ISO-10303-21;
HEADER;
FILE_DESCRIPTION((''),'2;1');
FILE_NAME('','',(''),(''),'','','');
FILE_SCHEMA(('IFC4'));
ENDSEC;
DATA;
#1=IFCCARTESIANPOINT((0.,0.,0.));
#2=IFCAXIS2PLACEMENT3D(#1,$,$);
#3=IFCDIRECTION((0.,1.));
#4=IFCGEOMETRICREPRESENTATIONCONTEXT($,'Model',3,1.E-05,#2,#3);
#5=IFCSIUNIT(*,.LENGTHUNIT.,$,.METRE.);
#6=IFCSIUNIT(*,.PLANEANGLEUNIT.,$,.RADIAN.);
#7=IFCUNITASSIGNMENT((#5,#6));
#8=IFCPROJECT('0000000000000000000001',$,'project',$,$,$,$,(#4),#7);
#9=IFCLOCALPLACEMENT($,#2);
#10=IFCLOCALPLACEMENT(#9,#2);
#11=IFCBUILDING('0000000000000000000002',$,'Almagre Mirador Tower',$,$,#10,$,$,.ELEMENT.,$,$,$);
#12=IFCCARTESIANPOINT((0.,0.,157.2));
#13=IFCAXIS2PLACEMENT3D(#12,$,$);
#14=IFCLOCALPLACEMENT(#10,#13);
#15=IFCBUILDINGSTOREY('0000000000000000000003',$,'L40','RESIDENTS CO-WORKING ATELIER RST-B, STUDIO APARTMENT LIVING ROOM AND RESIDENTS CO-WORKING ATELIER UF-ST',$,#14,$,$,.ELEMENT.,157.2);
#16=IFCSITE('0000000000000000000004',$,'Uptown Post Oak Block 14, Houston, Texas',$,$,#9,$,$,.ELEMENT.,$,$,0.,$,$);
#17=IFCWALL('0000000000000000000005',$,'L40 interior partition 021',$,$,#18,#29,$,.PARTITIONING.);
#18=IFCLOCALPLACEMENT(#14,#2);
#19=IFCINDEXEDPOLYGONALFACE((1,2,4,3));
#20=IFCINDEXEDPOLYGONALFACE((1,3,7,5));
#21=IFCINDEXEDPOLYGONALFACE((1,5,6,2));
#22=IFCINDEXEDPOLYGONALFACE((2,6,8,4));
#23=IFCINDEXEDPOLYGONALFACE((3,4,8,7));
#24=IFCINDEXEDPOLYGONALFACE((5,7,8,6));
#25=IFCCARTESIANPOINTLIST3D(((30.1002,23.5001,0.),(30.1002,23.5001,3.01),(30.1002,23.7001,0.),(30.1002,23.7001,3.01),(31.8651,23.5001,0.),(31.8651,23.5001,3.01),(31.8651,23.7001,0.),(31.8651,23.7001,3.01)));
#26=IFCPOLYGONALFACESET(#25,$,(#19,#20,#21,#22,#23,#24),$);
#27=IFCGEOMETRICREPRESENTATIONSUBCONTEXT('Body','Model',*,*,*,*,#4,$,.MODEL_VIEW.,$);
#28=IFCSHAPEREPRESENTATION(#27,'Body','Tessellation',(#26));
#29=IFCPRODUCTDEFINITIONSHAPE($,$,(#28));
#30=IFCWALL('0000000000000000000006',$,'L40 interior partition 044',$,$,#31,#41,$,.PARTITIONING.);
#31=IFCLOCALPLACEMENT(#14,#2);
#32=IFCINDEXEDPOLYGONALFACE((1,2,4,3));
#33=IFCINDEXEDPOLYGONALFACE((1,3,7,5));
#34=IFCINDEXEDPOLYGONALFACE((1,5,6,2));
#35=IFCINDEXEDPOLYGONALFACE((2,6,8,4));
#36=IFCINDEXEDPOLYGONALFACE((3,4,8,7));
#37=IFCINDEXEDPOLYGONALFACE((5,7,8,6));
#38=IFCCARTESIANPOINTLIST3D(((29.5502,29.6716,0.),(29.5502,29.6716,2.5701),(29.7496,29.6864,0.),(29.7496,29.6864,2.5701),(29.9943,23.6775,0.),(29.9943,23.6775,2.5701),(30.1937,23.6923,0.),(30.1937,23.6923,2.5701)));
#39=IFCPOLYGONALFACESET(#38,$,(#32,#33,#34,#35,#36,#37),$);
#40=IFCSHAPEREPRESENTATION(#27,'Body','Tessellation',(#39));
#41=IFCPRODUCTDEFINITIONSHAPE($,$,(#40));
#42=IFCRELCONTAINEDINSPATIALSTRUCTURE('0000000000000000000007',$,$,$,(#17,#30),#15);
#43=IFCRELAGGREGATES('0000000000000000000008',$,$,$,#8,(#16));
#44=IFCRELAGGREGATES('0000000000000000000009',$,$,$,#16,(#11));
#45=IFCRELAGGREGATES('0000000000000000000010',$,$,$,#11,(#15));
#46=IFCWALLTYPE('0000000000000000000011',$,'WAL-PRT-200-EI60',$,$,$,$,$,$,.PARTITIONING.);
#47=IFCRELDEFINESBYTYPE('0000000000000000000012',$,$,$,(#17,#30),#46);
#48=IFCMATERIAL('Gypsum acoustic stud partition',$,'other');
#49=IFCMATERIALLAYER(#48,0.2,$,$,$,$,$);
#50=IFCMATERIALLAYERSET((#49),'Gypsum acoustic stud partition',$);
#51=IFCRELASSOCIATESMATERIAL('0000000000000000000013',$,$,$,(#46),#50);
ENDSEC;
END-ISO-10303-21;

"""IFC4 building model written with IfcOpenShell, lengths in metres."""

from ifc_helpers import new_model, si_unit, direction, frame, frame_2d, origin, place, context, subcontext, project, spatial, rectangle, extrude, material, layer, layer_set, type_object, element, save


model = new_model("IFC4")

# Units and contexts
model_context = context("Model", 3, precision=1e-05, world=origin(), true_north=direction((0.0, 1.0)))
body_context = subcontext(model_context, "Body", "Model", "MODEL_VIEW")
ifc_project = project(units=[si_unit("LENGTHUNIT", "METRE"), si_unit("PLANEANGLEUNIT", "RADIAN")], contexts=[model_context])

# Site, building, storey
site_placement = place(None, origin())
site = spatial("IfcSite", under=ifc_project, at=site_placement, Name="Uptown Post Oak Block 14, Houston, Texas", CompositionType="ELEMENT", RefElevation=0.0)
building_placement = place(site_placement, origin())
building = spatial("IfcBuilding", under=site, at=building_placement, Name="Almagre Mirador Tower", CompositionType="ELEMENT")
storey_placement = place(building_placement, frame((0.0, 0.0, 157.2)))
storey = spatial("IfcBuildingStorey", under=building, at=storey_placement, Name="L40", Description="RESIDENTS CO-WORKING ATELIER RST-B, STUDIO APARTMENT LIVING ROOM AND RESIDENTS CO-WORKING ATELIER UF-ST", CompositionType="ELEMENT", Elevation=157.2)

# Shared definitions
ifc_material_1 = material(Name="Gypsum acoustic stud partition", Category="other")
ifc_layer_1 = layer(ifc_material_1, 0.2)
ifc_layer_set_1 = layer_set([ifc_layer_1], Name="Gypsum acoustic stud partition")
wall_type_1 = type_object("IfcWallType", Name="WAL-PRT-200-EI60", PredefinedType="PARTITIONING", material=ifc_layer_set_1)

# Walls
wall_1_placement = place(storey_placement, frame((31.865, 23.6001, 0.0), z_axis=(0.0, 0.0, 1.0), x_axis=(-1.0, 0.0, 0.0)))
element("IfcWall", 1, at=wall_1_placement, inside=storey, type_object=wall_type_1, Name="L40 interior partition 021", PredefinedType="PARTITIONING", context=body_context, shape_type="SweptSolid", body=[
    extrude(rectangle(XDim=1.7649, YDim=0.2, at=frame_2d((0.8823, 0.0))), origin(), (0.0, 0.0, 1.0), 3.01),
])
wall_2_placement = place(storey_placement, frame((30.094, 23.6848, 0.0), z_axis=(0.0, 0.0, 1.0), x_axis=(-0.073885, 0.997267, 0.0)))
element("IfcWall", 2, at=wall_2_placement, inside=storey, type_object=wall_type_1, Name="L40 interior partition 044", PredefinedType="PARTITIONING", context=body_context, shape_type="SweptSolid", body=[
    extrude(rectangle(XDim=6.0105, YDim=0.2, at=frame_2d((3.0054, 0.0))), origin(), (0.0, 0.0, 1.0), 2.5701),
])

save(model, "model.ifc")
